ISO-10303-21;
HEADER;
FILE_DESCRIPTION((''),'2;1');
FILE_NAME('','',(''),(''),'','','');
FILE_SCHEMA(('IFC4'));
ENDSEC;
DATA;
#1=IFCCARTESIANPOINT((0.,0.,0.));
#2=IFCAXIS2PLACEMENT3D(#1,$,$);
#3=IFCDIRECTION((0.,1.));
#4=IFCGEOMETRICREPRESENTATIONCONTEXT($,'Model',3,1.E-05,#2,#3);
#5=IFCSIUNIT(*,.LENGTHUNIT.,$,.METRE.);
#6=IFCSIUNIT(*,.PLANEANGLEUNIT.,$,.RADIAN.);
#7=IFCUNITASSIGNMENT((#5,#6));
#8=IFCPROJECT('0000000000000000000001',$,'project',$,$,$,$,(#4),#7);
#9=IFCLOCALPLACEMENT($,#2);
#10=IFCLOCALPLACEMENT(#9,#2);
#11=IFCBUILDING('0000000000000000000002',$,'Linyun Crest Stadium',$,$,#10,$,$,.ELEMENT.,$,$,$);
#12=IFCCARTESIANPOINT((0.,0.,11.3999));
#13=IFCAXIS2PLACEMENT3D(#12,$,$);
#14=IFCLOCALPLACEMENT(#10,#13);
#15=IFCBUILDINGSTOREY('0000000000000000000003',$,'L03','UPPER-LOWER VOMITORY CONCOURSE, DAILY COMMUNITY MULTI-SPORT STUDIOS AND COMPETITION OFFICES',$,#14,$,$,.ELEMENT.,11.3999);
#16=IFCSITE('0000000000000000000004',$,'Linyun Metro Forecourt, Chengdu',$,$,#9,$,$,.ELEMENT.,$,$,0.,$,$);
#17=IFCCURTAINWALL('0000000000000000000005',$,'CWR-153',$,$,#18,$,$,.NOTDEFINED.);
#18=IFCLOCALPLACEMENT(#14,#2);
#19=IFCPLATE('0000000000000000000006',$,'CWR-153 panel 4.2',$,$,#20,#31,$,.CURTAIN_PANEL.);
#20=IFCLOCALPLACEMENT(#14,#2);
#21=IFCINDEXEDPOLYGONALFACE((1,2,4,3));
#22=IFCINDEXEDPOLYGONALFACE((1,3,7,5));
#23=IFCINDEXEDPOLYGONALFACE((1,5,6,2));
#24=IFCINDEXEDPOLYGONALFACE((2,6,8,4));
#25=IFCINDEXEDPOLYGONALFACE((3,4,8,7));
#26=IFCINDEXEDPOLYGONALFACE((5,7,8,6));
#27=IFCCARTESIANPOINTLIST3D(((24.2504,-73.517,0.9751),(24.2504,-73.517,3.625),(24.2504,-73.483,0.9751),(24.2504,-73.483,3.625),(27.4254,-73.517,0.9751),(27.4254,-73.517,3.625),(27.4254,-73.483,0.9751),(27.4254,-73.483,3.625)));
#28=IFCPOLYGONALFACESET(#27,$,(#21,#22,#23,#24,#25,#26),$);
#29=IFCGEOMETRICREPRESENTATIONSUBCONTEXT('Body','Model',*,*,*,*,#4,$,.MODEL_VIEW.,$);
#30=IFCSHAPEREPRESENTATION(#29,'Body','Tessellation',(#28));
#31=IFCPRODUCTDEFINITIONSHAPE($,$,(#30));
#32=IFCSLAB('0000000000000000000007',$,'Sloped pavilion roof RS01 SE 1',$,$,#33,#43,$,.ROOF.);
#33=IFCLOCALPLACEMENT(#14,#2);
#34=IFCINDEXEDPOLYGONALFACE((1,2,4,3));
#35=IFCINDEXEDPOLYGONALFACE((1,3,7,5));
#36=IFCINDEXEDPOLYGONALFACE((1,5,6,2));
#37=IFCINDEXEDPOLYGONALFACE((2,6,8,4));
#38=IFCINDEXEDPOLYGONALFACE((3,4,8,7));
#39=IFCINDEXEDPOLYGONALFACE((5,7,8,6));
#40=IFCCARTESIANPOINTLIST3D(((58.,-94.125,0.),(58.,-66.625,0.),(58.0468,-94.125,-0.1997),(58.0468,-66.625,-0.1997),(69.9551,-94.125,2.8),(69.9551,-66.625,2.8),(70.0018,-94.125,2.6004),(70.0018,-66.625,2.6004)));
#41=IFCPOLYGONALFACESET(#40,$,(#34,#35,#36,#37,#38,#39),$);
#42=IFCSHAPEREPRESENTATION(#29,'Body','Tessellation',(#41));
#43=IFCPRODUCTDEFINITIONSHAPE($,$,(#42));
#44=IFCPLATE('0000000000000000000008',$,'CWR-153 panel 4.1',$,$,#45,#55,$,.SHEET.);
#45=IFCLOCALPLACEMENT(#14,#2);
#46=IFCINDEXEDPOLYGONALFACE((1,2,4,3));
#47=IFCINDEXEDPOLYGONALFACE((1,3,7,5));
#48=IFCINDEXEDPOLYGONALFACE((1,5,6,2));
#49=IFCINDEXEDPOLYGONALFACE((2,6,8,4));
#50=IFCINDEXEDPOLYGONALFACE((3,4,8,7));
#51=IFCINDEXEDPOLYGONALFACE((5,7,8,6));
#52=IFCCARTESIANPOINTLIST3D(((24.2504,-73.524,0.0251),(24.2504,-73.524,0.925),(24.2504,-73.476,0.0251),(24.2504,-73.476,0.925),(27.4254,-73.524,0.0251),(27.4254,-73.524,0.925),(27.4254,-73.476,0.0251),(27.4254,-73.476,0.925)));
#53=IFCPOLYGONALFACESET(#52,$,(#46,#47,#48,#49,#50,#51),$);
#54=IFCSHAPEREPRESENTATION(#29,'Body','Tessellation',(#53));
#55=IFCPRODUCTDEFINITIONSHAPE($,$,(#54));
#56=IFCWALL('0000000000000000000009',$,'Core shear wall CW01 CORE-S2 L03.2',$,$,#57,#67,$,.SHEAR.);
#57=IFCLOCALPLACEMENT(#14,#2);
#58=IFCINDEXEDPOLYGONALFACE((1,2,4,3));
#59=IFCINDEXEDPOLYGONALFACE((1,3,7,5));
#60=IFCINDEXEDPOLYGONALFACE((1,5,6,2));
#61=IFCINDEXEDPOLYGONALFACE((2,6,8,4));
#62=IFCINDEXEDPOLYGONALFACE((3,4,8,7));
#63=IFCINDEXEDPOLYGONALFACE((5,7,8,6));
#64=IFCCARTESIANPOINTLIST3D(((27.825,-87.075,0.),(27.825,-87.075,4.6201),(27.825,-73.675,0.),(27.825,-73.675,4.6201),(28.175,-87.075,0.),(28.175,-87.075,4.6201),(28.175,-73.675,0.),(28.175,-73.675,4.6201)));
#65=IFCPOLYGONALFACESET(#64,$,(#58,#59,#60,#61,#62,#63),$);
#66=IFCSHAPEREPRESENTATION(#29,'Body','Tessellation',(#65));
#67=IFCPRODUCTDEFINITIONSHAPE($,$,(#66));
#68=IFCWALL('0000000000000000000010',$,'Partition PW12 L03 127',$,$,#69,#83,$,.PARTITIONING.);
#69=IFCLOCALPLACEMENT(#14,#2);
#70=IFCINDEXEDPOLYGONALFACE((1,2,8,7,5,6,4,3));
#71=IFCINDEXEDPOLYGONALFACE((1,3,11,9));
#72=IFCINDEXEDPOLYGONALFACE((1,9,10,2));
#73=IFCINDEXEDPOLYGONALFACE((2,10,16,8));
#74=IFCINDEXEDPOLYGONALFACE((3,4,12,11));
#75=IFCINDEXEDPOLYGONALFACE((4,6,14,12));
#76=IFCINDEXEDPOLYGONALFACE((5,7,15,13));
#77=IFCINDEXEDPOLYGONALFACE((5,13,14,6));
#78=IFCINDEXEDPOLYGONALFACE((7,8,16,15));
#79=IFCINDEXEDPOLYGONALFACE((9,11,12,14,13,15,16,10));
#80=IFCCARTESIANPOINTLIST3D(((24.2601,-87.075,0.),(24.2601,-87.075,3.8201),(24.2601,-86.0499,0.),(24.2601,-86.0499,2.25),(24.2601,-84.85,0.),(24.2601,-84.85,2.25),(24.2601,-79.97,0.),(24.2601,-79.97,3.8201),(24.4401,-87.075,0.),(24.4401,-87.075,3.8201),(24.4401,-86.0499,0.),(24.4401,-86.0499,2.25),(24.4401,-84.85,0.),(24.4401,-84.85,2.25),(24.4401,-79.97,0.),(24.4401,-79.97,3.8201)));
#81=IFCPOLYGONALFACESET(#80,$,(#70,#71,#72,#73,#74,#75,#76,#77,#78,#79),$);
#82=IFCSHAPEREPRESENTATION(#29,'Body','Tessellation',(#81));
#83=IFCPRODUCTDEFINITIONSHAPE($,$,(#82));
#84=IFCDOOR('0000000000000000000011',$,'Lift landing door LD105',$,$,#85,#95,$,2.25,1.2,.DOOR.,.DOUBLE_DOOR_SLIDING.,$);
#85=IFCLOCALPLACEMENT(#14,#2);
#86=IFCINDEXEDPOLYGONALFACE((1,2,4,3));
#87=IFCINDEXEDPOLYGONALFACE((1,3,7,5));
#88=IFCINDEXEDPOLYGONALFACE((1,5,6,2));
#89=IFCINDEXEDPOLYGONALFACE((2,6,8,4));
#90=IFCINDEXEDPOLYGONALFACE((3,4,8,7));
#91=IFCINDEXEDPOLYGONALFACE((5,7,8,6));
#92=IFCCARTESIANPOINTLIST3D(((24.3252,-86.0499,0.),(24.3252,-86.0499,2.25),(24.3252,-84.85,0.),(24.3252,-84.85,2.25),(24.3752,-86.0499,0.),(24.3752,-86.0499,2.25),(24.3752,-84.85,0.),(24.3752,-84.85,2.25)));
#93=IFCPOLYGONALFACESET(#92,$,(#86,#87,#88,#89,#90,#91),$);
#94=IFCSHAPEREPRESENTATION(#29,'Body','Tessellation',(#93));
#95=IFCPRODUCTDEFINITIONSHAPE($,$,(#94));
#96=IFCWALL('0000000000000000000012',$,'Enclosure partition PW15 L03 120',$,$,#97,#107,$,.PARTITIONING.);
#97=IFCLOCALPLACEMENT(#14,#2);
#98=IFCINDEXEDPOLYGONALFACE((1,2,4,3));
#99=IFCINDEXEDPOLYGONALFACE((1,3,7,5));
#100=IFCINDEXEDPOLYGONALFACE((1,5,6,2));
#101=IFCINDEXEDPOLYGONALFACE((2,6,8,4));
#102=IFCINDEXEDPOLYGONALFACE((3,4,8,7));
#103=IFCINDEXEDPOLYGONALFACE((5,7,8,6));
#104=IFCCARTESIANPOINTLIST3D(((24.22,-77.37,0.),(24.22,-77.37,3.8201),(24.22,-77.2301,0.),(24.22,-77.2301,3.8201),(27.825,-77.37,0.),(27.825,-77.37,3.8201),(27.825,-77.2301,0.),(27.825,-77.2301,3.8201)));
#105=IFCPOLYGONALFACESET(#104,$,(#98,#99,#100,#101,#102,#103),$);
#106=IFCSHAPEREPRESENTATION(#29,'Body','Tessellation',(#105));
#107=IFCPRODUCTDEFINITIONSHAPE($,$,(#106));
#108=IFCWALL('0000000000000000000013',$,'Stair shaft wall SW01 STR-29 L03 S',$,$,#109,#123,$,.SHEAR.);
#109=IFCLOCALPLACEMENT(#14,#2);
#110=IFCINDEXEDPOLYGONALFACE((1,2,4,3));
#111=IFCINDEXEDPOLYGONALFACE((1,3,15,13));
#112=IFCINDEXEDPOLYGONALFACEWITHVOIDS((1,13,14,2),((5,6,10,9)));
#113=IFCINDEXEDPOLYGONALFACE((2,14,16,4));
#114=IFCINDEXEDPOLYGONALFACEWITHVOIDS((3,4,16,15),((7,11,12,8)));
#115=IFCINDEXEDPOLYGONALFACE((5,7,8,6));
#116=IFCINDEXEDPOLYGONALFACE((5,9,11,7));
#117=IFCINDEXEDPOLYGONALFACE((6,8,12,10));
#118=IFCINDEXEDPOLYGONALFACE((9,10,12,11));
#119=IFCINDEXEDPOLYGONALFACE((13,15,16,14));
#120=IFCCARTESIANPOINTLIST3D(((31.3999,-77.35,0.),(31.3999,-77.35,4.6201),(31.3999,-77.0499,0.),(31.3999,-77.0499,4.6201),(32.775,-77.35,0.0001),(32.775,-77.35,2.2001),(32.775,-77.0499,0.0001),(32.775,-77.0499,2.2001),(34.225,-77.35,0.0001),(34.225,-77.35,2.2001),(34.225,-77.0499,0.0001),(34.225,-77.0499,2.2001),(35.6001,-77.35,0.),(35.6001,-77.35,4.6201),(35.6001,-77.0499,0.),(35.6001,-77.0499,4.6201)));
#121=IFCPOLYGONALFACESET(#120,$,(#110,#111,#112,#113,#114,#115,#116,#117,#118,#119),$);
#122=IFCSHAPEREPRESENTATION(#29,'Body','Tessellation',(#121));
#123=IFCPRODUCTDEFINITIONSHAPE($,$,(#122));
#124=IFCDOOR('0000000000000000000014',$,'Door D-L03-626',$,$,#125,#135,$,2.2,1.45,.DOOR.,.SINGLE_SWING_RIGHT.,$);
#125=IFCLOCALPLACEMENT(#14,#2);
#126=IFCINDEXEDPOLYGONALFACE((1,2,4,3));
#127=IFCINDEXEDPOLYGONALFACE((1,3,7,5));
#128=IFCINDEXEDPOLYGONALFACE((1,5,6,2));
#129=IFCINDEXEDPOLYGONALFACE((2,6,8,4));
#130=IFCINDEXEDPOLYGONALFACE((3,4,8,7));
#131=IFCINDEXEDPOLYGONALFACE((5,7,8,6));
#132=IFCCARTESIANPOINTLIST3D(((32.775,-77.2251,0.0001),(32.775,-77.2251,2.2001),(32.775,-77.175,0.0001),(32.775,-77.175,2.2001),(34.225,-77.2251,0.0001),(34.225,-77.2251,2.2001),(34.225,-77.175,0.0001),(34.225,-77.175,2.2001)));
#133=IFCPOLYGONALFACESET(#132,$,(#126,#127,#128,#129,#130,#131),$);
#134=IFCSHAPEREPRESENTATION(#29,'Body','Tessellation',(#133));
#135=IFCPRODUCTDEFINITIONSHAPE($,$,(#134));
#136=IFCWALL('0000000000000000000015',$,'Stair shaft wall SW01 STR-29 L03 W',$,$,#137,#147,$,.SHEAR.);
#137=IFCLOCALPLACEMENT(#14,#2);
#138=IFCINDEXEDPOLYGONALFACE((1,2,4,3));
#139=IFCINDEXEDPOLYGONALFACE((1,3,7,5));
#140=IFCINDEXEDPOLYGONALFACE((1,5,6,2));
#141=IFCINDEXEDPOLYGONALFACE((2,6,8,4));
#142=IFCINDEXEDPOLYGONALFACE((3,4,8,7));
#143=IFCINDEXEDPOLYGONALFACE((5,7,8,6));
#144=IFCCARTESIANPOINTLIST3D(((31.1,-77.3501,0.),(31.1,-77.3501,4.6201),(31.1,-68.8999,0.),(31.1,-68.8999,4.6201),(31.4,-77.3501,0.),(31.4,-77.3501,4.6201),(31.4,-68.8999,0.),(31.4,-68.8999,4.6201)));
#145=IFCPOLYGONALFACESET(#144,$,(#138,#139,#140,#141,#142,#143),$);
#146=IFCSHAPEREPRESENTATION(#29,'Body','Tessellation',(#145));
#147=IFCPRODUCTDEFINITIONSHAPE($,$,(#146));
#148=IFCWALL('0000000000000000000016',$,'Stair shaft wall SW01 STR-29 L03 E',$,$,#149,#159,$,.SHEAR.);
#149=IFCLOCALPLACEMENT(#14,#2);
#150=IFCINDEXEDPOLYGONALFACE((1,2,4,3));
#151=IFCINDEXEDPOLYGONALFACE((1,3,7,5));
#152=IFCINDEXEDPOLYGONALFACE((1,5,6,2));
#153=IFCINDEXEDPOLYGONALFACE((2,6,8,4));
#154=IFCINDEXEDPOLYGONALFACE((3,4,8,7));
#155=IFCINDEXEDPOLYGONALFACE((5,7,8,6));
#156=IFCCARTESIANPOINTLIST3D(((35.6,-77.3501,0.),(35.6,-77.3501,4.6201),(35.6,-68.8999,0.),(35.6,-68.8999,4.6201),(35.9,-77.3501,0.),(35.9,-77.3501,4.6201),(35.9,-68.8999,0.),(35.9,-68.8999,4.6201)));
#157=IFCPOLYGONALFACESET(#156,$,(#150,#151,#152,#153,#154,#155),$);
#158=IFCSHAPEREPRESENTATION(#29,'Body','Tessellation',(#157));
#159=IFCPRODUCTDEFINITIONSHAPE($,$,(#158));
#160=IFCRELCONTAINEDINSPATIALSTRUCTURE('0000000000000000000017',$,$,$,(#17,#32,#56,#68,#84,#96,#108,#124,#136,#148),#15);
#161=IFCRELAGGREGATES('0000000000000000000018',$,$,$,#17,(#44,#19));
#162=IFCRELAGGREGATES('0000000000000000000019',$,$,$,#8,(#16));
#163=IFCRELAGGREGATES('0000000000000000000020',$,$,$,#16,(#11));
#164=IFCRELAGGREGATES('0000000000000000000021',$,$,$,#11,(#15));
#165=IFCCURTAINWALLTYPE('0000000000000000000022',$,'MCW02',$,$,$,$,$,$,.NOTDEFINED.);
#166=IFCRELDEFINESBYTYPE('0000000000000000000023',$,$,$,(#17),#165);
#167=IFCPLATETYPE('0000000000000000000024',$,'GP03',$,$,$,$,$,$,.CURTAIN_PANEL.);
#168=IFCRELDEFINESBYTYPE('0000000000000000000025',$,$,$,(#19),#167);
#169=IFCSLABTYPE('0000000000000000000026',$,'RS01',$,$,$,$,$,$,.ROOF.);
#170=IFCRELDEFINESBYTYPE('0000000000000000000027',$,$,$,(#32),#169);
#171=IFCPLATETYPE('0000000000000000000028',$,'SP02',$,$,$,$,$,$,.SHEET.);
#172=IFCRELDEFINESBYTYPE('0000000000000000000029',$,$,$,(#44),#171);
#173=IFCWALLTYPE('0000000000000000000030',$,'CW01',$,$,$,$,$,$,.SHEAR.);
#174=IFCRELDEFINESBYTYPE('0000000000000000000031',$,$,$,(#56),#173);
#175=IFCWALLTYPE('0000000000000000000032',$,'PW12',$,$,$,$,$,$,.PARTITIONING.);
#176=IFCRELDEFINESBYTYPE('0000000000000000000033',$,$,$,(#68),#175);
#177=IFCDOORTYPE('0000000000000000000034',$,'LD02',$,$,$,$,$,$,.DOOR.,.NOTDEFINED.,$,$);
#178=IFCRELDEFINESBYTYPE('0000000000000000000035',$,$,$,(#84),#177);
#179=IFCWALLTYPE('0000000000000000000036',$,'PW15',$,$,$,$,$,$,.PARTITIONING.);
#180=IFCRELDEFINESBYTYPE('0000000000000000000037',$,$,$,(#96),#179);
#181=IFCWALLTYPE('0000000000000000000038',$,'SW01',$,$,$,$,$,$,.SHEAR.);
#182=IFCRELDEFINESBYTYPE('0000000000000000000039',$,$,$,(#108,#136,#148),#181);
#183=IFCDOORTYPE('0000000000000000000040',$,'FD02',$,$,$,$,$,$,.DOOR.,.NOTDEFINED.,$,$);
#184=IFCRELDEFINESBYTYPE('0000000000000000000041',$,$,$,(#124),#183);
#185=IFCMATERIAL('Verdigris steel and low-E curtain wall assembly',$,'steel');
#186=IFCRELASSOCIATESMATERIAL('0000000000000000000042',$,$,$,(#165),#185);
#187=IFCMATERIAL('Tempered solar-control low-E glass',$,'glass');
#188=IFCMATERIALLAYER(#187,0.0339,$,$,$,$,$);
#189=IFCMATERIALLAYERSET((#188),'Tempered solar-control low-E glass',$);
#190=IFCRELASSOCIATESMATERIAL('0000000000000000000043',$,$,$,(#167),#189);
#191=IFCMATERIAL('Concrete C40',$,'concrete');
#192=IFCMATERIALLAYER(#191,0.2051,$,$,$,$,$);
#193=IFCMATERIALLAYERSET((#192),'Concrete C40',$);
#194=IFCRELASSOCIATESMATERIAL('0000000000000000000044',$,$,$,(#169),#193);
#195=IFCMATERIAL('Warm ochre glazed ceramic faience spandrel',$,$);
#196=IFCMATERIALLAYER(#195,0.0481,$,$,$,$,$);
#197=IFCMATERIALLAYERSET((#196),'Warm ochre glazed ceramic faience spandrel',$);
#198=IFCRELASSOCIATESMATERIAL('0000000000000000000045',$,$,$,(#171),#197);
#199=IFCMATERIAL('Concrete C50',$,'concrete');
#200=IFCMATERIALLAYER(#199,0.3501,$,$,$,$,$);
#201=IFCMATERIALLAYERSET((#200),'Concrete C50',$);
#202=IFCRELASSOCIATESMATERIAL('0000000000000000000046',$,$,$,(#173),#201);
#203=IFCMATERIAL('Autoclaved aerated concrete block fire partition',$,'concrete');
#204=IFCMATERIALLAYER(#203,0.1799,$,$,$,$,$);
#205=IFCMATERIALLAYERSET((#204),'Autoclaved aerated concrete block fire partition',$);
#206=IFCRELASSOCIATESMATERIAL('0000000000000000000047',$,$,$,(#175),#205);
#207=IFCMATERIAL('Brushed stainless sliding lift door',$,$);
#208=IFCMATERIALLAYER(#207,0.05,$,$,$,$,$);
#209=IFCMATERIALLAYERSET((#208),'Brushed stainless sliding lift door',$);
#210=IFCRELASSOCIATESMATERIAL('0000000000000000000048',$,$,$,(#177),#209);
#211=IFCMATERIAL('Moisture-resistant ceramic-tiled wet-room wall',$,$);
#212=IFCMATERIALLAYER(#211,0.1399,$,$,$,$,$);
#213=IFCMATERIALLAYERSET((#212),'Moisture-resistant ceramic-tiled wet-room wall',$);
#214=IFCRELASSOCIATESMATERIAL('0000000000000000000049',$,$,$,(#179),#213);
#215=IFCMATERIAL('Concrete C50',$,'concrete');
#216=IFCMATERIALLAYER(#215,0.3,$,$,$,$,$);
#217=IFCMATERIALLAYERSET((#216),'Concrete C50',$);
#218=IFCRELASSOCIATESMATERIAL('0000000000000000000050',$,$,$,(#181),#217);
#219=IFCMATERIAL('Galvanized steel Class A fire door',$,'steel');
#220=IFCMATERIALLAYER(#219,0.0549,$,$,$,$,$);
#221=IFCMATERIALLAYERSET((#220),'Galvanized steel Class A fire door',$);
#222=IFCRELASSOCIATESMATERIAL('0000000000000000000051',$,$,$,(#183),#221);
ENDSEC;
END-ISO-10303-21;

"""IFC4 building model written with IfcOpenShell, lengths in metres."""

from ifc_helpers import new_model, si_unit, direction, frame, frame_2d, origin, origin_2d, place, context, subcontext, project, spatial, polyline, rectangle, outline, extrude, material, layer, layer_set, type_object, element, fill, aggregate, save


model = new_model("IFC4")

# Units and contexts
model_context = context("Model", 3, precision=1e-05, world=origin(), true_north=direction((0.0, 1.0)))
body_context = subcontext(model_context, "Body", "Model", "MODEL_VIEW")
ifc_project = project(units=[si_unit("LENGTHUNIT", "METRE"), si_unit("PLANEANGLEUNIT", "RADIAN")], contexts=[model_context])

# Site, building, storey
site_placement = place(None, origin())
site = spatial("IfcSite", under=ifc_project, at=site_placement, Name="Linyun Metro Forecourt, Chengdu", CompositionType="ELEMENT", RefElevation=0.0)
building_placement = place(site_placement, origin())
building = spatial("IfcBuilding", under=site, at=building_placement, Name="Linyun Crest Stadium", CompositionType="ELEMENT")
storey_placement = place(building_placement, frame((0.0, 0.0, 11.3999)))
storey = spatial("IfcBuildingStorey", under=building, at=storey_placement, Name="L03", Description="UPPER-LOWER VOMITORY CONCOURSE, DAILY COMMUNITY MULTI-SPORT STUDIOS AND COMPETITION OFFICES", CompositionType="ELEMENT", Elevation=11.3999)

# Curtain wall, plate
ifc_material_1 = material(Name="Verdigris steel and low-E curtain wall assembly", Category="steel")
curtain_wall_type = type_object("IfcCurtainWallType", Name="MCW02", PredefinedType="NOTDEFINED", material=ifc_material_1)
curtain_wall_placement = place(storey_placement, origin())
curtain_wall = element("IfcCurtainWall", 1, at=curtain_wall_placement, inside=storey, type_object=curtain_wall_type, Name="CWR-153", PredefinedType="NOTDEFINED")
ifc_material_2 = material(Name="Tempered solar-control low-E glass", Category="glass")
ifc_layer_1 = layer(ifc_material_2, 0.0339)
ifc_layer_set_1 = layer_set([ifc_layer_1], Name="Tempered solar-control low-E glass")
plate_type_1 = type_object("IfcPlateType", Name="GP03", PredefinedType="CURTAIN_PANEL", material=ifc_layer_set_1)
plate_1_placement = place(storey_placement, frame((25.8379, -73.5, 0.9751), z_axis=(0.0, 0.0, 1.0), x_axis=(1.0, 0.0, 0.0)))
plate_1 = element("IfcPlate", 2, at=plate_1_placement, type_object=plate_type_1, Name="CWR-153 panel 4.2", PredefinedType="CURTAIN_PANEL", context=body_context, shape_type="SweptSolid", body=[
    extrude(rectangle(XDim=3.175, YDim=0.0339, at=origin_2d()), origin(), (0.0, 0.0, 1.0), 2.6499),
])

# Slab
ifc_material_3 = material(Name="Concrete C40", Category="concrete")
ifc_layer_2 = layer(ifc_material_3, 0.2051)
ifc_layer_set_2 = layer_set([ifc_layer_2], Name="Concrete C40")
slab_type = type_object("IfcSlabType", Name="RS01", PredefinedType="ROOF", material=ifc_layer_set_2)
slab_placement = place(storey_placement, frame((58.0, -94.125, 0.0), z_axis=(-0.228043, 0.0, 0.973651), x_axis=(0.973651, 0.0, 0.228043)))
element("IfcSlab", 3, at=slab_placement, inside=storey, type_object=slab_type, Name="Sloped pavilion roof RS01 SE 1", PredefinedType="ROOF", context=body_context, shape_type="SweptSolid", body=[
    extrude(outline(polyline([(0.0, 0.0), (12.2786, 0.0), (12.2786, 27.5), (0.0, 27.5), (0.0, 0.0)])), origin(), (0.0, 0.0, -1.0), 0.2051),
])

# Plate
ifc_material_4 = material(Name="Warm ochre glazed ceramic faience spandrel")
ifc_layer_3 = layer(ifc_material_4, 0.0481)
ifc_layer_set_3 = layer_set([ifc_layer_3], Name="Warm ochre glazed ceramic faience spandrel")
plate_type_2 = type_object("IfcPlateType", Name="SP02", PredefinedType="SHEET", material=ifc_layer_set_3)
plate_2_placement = place(storey_placement, frame((25.8379, -73.5, 0.0251), z_axis=(0.0, 0.0, 1.0), x_axis=(1.0, 0.0, 0.0)))
plate_2 = element("IfcPlate", 4, at=plate_2_placement, type_object=plate_type_2, Name="CWR-153 panel 4.1", PredefinedType="SHEET", context=body_context, shape_type="SweptSolid", body=[
    extrude(rectangle(XDim=3.175, YDim=0.0481, at=origin_2d()), origin(), (0.0, 0.0, 1.0), 0.8999),
])
aggregate(curtain_wall, [plate_2, plate_1])

# Wall
ifc_material_5 = material(Name="Concrete C50", Category="concrete")
ifc_layer_4 = layer(ifc_material_5, 0.3501)
ifc_layer_set_4 = layer_set([ifc_layer_4], Name="Concrete C50")
wall_type_1 = type_object("IfcWallType", Name="CW01", PredefinedType="SHEAR", material=ifc_layer_set_4)
wall_1_placement = place(storey_placement, frame((28.0, -87.075, 0.0), z_axis=(0.0, 0.0, 1.0), x_axis=(0.0, 1.0, 0.0)))
element("IfcWall", 5, at=wall_1_placement, inside=storey, type_object=wall_type_1, Name="Core shear wall CW01 CORE-S2 L03.2", PredefinedType="SHEAR", context=body_context, shape_type="SweptSolid", body=[
    extrude(rectangle(XDim=13.3999, YDim=0.3501, at=frame_2d((6.7, 0.0))), origin(), (0.0, 0.0, 1.0), 4.6201),
])

# Wall, opening, door
ifc_material_6 = material(Name="Autoclaved aerated concrete block fire partition", Category="concrete")
ifc_layer_5 = layer(ifc_material_6, 0.1799)
ifc_layer_set_5 = layer_set([ifc_layer_5], Name="Autoclaved aerated concrete block fire partition")
wall_type_2 = type_object("IfcWallType", Name="PW12", PredefinedType="PARTITIONING", material=ifc_layer_set_5)
wall_2_placement = place(storey_placement, frame((24.3501, -87.075, 0.0), z_axis=(0.0, 0.0, 1.0), x_axis=(0.0, 1.0, 0.0)))
wall_2 = element("IfcWall", 6, at=wall_2_placement, inside=storey, type_object=wall_type_2, Name="Partition PW12 L03 127", PredefinedType="PARTITIONING", context=body_context, shape_type="SweptSolid", body=[
    extrude(rectangle(XDim=7.105, YDim=0.1799, at=frame_2d((3.5525, 0.0))), origin(), (0.0, 0.0, 1.0), 3.8201),
])
opening_1_placement = place(wall_2_placement, frame((1.0249, 0.0, 0.0)))
opening_1 = element("IfcOpeningElement", 7, at=opening_1_placement, cuts=wall_2, PredefinedType="OPENING", context=body_context, shape_type="SweptSolid", body=[
    extrude(rectangle(XDim=1.2, YDim=2.25, at=frame_2d((0.6001, 1.125))), frame((0.0, 0.0999, 0.0), z_axis=(0.0, -1.0, 0.0), x_axis=(1.0, 0.0, 0.0)), (0.0, 0.0, 1.0), 0.2),
])
ifc_material_7 = material(Name="Brushed stainless sliding lift door")
ifc_layer_6 = layer(ifc_material_7, 0.05)
ifc_layer_set_6 = layer_set([ifc_layer_6], Name="Brushed stainless sliding lift door")
door_type_1 = type_object("IfcDoorType", Name="LD02", OperationType="NOTDEFINED", PredefinedType="DOOR", material=ifc_layer_set_6)
door_1_placement = place(opening_1_placement, origin())
door_1 = element("IfcDoor", 8, at=door_1_placement, inside=storey, type_object=door_type_1, Name="Lift landing door LD105", OperationType="DOUBLE_DOOR_SLIDING", OverallHeight=2.25, OverallWidth=1.2, PredefinedType="DOOR", context=body_context, shape_type="SweptSolid", body=[
    extrude(rectangle(XDim=1.2, YDim=2.25, at=frame_2d((0.6001, 1.125))), frame((0.0, 0.0249, 0.0), z_axis=(0.0, -1.0, 0.0), x_axis=(1.0, 0.0, 0.0)), (0.0, 0.0, 1.0), 0.05),
])
fill(opening_1, door_1)

# Wall
ifc_material_8 = material(Name="Moisture-resistant ceramic-tiled wet-room wall")
ifc_layer_7 = layer(ifc_material_8, 0.1399)
ifc_layer_set_7 = layer_set([ifc_layer_7], Name="Moisture-resistant ceramic-tiled wet-room wall")
wall_type_3 = type_object("IfcWallType", Name="PW15", PredefinedType="PARTITIONING", material=ifc_layer_set_7)
wall_3_placement = place(storey_placement, frame((24.22, -77.3, 0.0), z_axis=(0.0, 0.0, 1.0), x_axis=(1.0, 0.0, 0.0)))
element("IfcWall", 9, at=wall_3_placement, inside=storey, type_object=wall_type_3, Name="Enclosure partition PW15 L03 120", PredefinedType="PARTITIONING", context=body_context, shape_type="SweptSolid", body=[
    extrude(rectangle(XDim=3.605, YDim=0.1399, at=frame_2d((1.8025, 0.0))), origin(), (0.0, 0.0, 1.0), 3.8201),
])

# Wall, opening, door
ifc_material_9 = material(Name="Concrete C50", Category="concrete")
ifc_layer_8 = layer(ifc_material_9, 0.3)
ifc_layer_set_8 = layer_set([ifc_layer_8], Name="Concrete C50")
wall_type_4 = type_object("IfcWallType", Name="SW01", PredefinedType="SHEAR", material=ifc_layer_set_8)
wall_4_placement = place(storey_placement, frame((31.3999, -77.2, 0.0), z_axis=(0.0, 0.0, 1.0), x_axis=(1.0, 0.0, 0.0)))
wall_4 = element("IfcWall", 10, at=wall_4_placement, inside=storey, type_object=wall_type_4, Name="Stair shaft wall SW01 STR-29 L03 S", PredefinedType="SHEAR", context=body_context, shape_type="SweptSolid", body=[
    extrude(rectangle(XDim=4.2002, YDim=0.3, at=frame_2d((2.1001, 0.0))), origin(), (0.0, 0.0, 1.0), 4.6201),
])
opening_2_placement = place(wall_4_placement, frame((1.375, 0.0, 0.0)))
opening_2 = element("IfcOpeningElement", 11, at=opening_2_placement, cuts=wall_4, PredefinedType="OPENING", context=body_context, shape_type="SweptSolid", body=[
    extrude(rectangle(XDim=1.45, YDim=2.2, at=frame_2d((0.7251, 1.1001))), frame((0.0, 0.1599, 0.0), z_axis=(0.0, -1.0, 0.0), x_axis=(1.0, 0.0, 0.0)), (0.0, 0.0, 1.0), 0.3201),
])
ifc_material_10 = material(Name="Galvanized steel Class A fire door", Category="steel")
ifc_layer_9 = layer(ifc_material_10, 0.0549)
ifc_layer_set_9 = layer_set([ifc_layer_9], Name="Galvanized steel Class A fire door")
door_type_2 = type_object("IfcDoorType", Name="FD02", OperationType="NOTDEFINED", PredefinedType="DOOR", material=ifc_layer_set_9)
door_2_placement = place(opening_2_placement, origin())
door_2 = element("IfcDoor", 12, at=door_2_placement, inside=storey, type_object=door_type_2, Name="Door D-L03-626", OperationType="SINGLE_SWING_RIGHT", OverallHeight=2.2, OverallWidth=1.45, PredefinedType="DOOR", context=body_context, shape_type="SweptSolid", body=[
    extrude(rectangle(XDim=1.45, YDim=2.2, at=frame_2d((0.7251, 1.1001))), frame((0.0, 0.0249, 0.0), z_axis=(0.0, -1.0, 0.0), x_axis=(1.0, 0.0, 0.0)), (0.0, 0.0, 1.0), 0.05),
])
fill(opening_2, door_2)

# Walls
for number, where, z_axis, x_axis, name in (
    (13, (31.25, -77.3501, 0.0), (0.0, 0.0, 1.0), (0.0, 1.0, 0.0), "Stair shaft wall SW01 STR-29 L03 W"),
    (14, (35.75, -77.3501, 0.0), (0.0, 0.0, 1.0), (0.0, 1.0, 0.0), "Stair shaft wall SW01 STR-29 L03 E"),
):
    element("IfcWall", number, at=place(storey_placement, frame(where, z_axis=z_axis, x_axis=x_axis)), inside=storey, type_object=wall_type_4, Name=name, PredefinedType="SHEAR", context=body_context, shape_type="SweptSolid", body=[
        extrude(rectangle(XDim=8.4502, YDim=0.3, at=frame_2d((4.2251, 0.0))), origin(), (0.0, 0.0, 1.0), 4.6201),
    ])

save(model, "model.ifc")
